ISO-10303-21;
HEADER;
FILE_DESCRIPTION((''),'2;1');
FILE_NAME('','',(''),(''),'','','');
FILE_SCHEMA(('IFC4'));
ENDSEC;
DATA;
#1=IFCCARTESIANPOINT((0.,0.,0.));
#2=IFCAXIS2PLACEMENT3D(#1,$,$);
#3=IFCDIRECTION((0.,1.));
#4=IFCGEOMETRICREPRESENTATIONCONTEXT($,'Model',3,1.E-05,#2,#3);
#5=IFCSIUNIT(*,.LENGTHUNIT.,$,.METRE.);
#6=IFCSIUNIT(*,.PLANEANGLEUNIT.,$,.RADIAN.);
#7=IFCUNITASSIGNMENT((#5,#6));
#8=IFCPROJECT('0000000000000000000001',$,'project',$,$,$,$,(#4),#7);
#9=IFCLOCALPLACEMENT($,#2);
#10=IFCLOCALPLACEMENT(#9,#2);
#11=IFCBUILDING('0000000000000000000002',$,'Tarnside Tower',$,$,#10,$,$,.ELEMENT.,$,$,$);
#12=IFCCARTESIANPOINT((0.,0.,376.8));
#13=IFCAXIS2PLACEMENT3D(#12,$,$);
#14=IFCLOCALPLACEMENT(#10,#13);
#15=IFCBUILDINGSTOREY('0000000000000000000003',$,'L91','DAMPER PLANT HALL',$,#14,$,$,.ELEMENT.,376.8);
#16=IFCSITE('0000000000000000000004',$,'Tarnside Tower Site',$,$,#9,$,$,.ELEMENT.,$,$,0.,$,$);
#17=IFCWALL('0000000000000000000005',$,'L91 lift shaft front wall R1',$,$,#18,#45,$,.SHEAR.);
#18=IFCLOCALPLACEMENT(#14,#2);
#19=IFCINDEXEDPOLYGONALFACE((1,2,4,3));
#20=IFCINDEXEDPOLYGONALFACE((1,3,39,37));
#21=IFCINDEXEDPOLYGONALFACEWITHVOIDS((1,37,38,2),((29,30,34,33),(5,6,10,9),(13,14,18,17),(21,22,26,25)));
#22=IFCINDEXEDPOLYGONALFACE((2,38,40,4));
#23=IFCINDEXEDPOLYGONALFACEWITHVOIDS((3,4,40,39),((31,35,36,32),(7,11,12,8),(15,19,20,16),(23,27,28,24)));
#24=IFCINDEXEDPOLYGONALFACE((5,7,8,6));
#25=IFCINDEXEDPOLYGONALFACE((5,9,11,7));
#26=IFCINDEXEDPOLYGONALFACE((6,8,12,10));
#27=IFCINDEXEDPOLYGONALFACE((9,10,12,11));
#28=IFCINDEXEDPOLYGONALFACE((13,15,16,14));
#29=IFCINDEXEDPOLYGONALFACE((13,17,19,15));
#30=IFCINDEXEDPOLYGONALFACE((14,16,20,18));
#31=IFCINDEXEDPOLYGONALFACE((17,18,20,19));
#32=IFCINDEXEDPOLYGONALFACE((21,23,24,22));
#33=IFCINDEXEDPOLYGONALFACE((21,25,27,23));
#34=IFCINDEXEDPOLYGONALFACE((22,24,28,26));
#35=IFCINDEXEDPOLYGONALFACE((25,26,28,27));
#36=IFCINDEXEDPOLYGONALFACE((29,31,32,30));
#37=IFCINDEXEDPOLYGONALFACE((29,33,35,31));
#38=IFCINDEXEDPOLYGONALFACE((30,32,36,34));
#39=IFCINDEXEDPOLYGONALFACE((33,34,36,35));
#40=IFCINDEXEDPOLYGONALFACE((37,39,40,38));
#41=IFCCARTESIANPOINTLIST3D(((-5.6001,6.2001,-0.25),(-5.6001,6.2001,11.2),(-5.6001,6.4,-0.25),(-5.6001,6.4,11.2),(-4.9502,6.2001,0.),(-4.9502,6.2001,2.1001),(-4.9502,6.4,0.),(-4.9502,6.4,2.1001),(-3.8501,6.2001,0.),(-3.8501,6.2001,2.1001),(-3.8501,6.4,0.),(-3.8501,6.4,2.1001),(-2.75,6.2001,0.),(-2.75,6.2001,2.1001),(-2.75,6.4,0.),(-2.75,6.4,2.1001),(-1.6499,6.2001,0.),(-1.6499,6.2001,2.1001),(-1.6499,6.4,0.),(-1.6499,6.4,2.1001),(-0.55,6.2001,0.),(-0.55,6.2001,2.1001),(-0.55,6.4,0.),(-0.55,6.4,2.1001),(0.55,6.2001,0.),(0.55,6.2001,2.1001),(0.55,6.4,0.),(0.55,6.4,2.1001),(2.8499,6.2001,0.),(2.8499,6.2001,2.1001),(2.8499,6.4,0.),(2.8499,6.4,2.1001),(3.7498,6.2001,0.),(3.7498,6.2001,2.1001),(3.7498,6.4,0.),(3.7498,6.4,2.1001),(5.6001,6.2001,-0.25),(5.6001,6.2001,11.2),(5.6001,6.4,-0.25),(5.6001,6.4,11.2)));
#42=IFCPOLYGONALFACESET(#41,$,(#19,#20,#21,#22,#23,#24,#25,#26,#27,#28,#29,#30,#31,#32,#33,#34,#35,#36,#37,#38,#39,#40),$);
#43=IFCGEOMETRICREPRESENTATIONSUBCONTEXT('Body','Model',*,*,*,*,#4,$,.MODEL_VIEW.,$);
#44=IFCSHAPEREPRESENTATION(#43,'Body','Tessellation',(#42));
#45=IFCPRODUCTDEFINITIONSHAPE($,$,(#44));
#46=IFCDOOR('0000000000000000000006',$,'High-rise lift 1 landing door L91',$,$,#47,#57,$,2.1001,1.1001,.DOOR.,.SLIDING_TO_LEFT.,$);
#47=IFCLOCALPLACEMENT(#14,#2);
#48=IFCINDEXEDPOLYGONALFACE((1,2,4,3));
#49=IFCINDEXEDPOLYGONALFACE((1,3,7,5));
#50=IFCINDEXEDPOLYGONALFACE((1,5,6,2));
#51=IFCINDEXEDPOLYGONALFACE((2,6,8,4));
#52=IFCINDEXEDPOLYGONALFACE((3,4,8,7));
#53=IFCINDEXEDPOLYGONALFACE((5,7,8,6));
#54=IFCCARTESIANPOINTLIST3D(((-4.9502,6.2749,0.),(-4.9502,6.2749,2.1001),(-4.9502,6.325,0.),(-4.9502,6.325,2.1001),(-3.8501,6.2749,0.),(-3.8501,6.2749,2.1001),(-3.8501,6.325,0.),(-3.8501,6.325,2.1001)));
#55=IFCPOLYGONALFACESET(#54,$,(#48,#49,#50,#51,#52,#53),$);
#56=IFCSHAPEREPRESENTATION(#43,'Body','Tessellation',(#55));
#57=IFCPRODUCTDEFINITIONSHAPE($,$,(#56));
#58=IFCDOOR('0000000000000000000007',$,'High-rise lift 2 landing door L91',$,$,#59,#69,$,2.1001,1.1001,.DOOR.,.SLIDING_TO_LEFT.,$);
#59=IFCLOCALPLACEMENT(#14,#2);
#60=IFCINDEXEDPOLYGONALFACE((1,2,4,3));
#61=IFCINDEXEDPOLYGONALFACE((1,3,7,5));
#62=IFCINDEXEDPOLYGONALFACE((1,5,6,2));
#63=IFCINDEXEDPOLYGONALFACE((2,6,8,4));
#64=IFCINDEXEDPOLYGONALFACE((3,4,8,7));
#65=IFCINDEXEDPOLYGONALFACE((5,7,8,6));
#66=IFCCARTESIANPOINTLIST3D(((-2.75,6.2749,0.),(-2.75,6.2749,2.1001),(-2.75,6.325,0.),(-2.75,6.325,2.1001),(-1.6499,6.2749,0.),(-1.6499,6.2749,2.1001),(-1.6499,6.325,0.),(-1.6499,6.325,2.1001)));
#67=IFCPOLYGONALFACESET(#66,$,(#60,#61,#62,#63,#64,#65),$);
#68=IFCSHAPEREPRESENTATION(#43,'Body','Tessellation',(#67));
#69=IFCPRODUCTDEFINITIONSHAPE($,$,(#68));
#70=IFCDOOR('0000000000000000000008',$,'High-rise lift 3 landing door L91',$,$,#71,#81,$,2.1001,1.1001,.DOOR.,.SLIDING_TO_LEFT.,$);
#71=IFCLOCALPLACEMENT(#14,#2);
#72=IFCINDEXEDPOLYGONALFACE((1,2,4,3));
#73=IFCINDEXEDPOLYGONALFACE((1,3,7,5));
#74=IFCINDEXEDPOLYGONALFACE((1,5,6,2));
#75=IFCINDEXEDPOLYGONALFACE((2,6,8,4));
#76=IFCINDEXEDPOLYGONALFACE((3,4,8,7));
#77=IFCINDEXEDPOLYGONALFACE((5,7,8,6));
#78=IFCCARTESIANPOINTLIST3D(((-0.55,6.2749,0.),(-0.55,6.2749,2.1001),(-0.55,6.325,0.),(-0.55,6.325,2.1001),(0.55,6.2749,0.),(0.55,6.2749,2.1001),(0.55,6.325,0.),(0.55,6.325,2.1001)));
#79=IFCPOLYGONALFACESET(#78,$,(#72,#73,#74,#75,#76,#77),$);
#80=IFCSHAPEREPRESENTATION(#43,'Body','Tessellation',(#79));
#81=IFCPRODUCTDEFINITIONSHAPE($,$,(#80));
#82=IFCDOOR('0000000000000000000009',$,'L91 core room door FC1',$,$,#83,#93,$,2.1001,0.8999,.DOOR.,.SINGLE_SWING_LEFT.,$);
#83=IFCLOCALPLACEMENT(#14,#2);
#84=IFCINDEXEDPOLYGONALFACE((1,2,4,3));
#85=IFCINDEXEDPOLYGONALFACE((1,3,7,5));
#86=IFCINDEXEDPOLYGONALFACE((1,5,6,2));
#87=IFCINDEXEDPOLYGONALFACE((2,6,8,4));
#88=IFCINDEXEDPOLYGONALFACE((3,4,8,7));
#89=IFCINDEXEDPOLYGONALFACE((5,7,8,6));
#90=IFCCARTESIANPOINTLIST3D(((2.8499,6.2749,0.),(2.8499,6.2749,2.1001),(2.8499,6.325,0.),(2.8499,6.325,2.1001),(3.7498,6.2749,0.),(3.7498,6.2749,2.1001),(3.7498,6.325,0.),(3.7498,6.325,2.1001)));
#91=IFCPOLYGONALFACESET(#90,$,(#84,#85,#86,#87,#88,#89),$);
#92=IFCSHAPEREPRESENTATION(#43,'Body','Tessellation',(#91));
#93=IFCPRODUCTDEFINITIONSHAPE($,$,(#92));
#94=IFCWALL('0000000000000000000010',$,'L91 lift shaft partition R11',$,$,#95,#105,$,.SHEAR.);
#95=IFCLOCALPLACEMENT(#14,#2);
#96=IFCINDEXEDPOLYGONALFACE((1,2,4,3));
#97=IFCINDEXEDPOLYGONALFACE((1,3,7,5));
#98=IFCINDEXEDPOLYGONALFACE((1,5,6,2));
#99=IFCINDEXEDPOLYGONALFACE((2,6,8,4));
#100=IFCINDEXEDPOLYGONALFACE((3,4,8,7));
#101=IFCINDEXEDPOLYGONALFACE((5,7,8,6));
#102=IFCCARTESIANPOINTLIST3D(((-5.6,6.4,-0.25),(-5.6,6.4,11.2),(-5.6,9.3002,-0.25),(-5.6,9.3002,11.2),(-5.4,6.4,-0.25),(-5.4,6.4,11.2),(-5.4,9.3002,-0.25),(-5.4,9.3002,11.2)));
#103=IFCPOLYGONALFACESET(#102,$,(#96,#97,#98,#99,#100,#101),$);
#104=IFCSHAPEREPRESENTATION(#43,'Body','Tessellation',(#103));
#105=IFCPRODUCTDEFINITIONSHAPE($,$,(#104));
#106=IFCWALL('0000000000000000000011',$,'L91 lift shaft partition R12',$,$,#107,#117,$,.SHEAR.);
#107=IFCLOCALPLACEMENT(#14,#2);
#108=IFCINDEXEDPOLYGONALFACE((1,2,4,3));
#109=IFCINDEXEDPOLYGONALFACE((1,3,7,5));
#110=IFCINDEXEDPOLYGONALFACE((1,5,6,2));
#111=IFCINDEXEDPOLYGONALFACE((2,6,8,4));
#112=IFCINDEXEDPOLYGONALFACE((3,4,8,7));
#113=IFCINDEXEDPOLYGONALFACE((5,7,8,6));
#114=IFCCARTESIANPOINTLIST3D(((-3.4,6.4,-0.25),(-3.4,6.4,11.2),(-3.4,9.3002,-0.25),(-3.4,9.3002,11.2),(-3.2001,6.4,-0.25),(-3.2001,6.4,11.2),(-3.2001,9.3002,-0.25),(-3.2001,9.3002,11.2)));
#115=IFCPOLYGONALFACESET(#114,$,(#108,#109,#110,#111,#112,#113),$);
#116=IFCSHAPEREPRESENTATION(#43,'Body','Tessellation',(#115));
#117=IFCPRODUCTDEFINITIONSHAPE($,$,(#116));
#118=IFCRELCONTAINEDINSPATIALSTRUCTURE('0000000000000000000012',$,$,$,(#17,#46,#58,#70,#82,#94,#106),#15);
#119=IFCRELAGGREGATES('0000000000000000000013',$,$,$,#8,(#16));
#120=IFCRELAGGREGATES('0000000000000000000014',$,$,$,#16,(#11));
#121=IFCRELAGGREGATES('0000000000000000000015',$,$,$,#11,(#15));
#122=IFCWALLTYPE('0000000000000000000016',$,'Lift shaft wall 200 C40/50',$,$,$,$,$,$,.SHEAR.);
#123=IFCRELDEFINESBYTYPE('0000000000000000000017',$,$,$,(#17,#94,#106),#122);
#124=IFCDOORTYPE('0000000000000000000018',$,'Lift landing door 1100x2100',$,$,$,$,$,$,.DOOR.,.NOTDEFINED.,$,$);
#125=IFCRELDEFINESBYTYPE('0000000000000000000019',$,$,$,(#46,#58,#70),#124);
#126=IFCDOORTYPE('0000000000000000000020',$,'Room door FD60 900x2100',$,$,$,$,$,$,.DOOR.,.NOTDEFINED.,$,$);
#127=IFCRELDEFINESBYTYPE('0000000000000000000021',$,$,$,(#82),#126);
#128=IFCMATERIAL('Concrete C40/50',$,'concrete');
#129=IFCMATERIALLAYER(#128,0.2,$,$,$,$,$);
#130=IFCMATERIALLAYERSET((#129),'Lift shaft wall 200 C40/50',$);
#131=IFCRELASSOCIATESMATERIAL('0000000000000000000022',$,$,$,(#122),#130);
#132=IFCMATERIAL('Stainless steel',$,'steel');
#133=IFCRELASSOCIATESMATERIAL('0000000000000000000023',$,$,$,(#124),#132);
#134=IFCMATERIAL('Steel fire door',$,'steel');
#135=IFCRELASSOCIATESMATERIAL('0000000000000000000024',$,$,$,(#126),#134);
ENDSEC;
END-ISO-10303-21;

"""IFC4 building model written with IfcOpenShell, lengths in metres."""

from ifc_helpers import new_model, si_unit, direction, frame, frame_2d, origin, place, context, subcontext, project, spatial, rectangle, extrude, material, layer, layer_set, type_object, element, fill, save


model = new_model("IFC4")

# Units and contexts
model_context = context("Model", 3, precision=1e-05, world=origin(), true_north=direction((0.0, 1.0)))
body_context = subcontext(model_context, "Body", "Model", "MODEL_VIEW")
ifc_project = project(units=[si_unit("LENGTHUNIT", "METRE"), si_unit("PLANEANGLEUNIT", "RADIAN")], contexts=[model_context])

# Site, building, storey
site_placement = place(None, origin())
site = spatial("IfcSite", under=ifc_project, at=site_placement, Name="Tarnside Tower Site", CompositionType="ELEMENT", RefElevation=0.0)
building_placement = place(site_placement, origin())
building = spatial("IfcBuilding", under=site, at=building_placement, Name="Tarnside Tower", CompositionType="ELEMENT")
storey_placement = place(building_placement, frame((0.0, 0.0, 376.8)))
storey = spatial("IfcBuildingStorey", under=building, at=storey_placement, Name="L91", Description="DAMPER PLANT HALL", CompositionType="ELEMENT", Elevation=376.8)

# Shared definitions
ifc_material_1 = material(Name="Concrete C40/50", Category="concrete")

# Shared definitions
ifc_material_2 = material(Name="Steel fire door", Category="steel")

# Wall, openings, doors
ifc_layer_1 = layer(ifc_material_1, 0.2)
ifc_layer_set_1 = layer_set([ifc_layer_1], Name="Lift shaft wall 200 C40/50")
wall_type_1 = type_object("IfcWallType", Name="Lift shaft wall 200 C40/50", PredefinedType="SHEAR", material=ifc_layer_set_1)
wall_1_placement = place(storey_placement, frame((-5.6001, 6.3, -0.25), z_axis=(0.0, 0.0, 1.0), x_axis=(1.0, 0.0, 0.0)))
wall_1 = element("IfcWall", 1, at=wall_1_placement, inside=storey, type_object=wall_type_1, Name="L91 lift shaft front wall R1", PredefinedType="SHEAR", context=body_context, shape_type="SweptSolid", body=[
    extrude(rectangle(XDim=11.2002, YDim=0.2, at=frame_2d((5.6001, 0.0))), origin(), (0.0, 0.0, 1.0), 11.45),
])
opening_1_placement = place(wall_1_placement, frame((8.45, 0.0, 0.25)))
opening_1 = element("IfcOpeningElement", 2, at=opening_1_placement, cuts=wall_1, PredefinedType="OPENING", context=body_context, shape_type="SweptSolid", body=[
    extrude(rectangle(XDim=0.8999, YDim=2.1001, at=frame_2d((0.45, 1.05))), frame((0.0, 0.1099, 0.0), z_axis=(0.0, -1.0, 0.0), x_axis=(1.0, 0.0, 0.0)), (0.0, 0.0, 1.0), 0.22),
])
opening_2_placement = place(wall_1_placement, frame((0.6499, 0.0, 0.25)))
opening_2 = element("IfcOpeningElement", 3, at=opening_2_placement, cuts=wall_1, PredefinedType="OPENING", context=body_context, shape_type="SweptSolid", body=[
    extrude(rectangle(XDim=1.1001, YDim=2.1001, at=frame_2d((0.55, 1.05))), frame((0.0, 0.1099, 0.0), z_axis=(0.0, -1.0, 0.0), x_axis=(1.0, 0.0, 0.0)), (0.0, 0.0, 1.0), 0.22),
])
opening_3_placement = place(wall_1_placement, frame((2.8501, 0.0, 0.25)))
opening_3 = element("IfcOpeningElement", 4, at=opening_3_placement, cuts=wall_1, PredefinedType="OPENING", context=body_context, shape_type="SweptSolid", body=[
    extrude(rectangle(XDim=1.1001, YDim=2.1001, at=frame_2d((0.55, 1.05))), frame((0.0, 0.1099, 0.0), z_axis=(0.0, -1.0, 0.0), x_axis=(1.0, 0.0, 0.0)), (0.0, 0.0, 1.0), 0.22),
])
opening_4_placement = place(wall_1_placement, frame((5.05, 0.0, 0.25)))
opening_4 = element("IfcOpeningElement", 5, at=opening_4_placement, cuts=wall_1, PredefinedType="OPENING", context=body_context, shape_type="SweptSolid", body=[
    extrude(rectangle(XDim=1.1001, YDim=2.1001, at=frame_2d((0.55, 1.05))), frame((0.0, 0.1099, 0.0), z_axis=(0.0, -1.0, 0.0), x_axis=(1.0, 0.0, 0.0)), (0.0, 0.0, 1.0), 0.22),
])
ifc_material_3 = material(Name="Stainless steel", Category="steel")
door_type_1 = type_object("IfcDoorType", Name="Lift landing door 1100x2100", OperationType="NOTDEFINED", PredefinedType="DOOR", material=ifc_material_3)
door_1_placement = place(opening_2_placement, origin())
door_1 = element("IfcDoor", 6, at=door_1_placement, inside=storey, type_object=door_type_1, Name="High-rise lift 1 landing door L91", OperationType="SLIDING_TO_LEFT", OverallHeight=2.1001, OverallWidth=1.1001, PredefinedType="DOOR", context=body_context, shape_type="SweptSolid", body=[
    extrude(rectangle(XDim=1.1001, YDim=2.1001, at=frame_2d((0.55, 1.05))), frame((0.0, 0.0249, 0.0), z_axis=(0.0, -1.0, 0.0), x_axis=(1.0, 0.0, 0.0)), (0.0, 0.0, 1.0), 0.05),
])
fill(opening_2, door_1)
door_2_placement = place(opening_3_placement, origin())
door_2 = element("IfcDoor", 7, at=door_2_placement, inside=storey, type_object=door_type_1, Name="High-rise lift 2 landing door L91", OperationType="SLIDING_TO_LEFT", OverallHeight=2.1001, OverallWidth=1.1001, PredefinedType="DOOR", context=body_context, shape_type="SweptSolid", body=[
    extrude(rectangle(XDim=1.1001, YDim=2.1001, at=frame_2d((0.55, 1.05))), frame((0.0, 0.0249, 0.0), z_axis=(0.0, -1.0, 0.0), x_axis=(1.0, 0.0, 0.0)), (0.0, 0.0, 1.0), 0.05),
])
fill(opening_3, door_2)
door_3_placement = place(opening_4_placement, origin())
door_3 = element("IfcDoor", 8, at=door_3_placement, inside=storey, type_object=door_type_1, Name="High-rise lift 3 landing door L91", OperationType="SLIDING_TO_LEFT", OverallHeight=2.1001, OverallWidth=1.1001, PredefinedType="DOOR", context=body_context, shape_type="SweptSolid", body=[
    extrude(rectangle(XDim=1.1001, YDim=2.1001, at=frame_2d((0.55, 1.05))), frame((0.0, 0.0249, 0.0), z_axis=(0.0, -1.0, 0.0), x_axis=(1.0, 0.0, 0.0)), (0.0, 0.0, 1.0), 0.05),
])
fill(opening_4, door_3)
door_type_2 = type_object("IfcDoorType", Name="Room door FD60 900x2100", OperationType="NOTDEFINED", PredefinedType="DOOR", material=ifc_material_2)
door_4_placement = place(opening_1_placement, origin())
door_4 = element("IfcDoor", 9, at=door_4_placement, inside=storey, type_object=door_type_2, Name="L91 core room door FC1", OperationType="SINGLE_SWING_LEFT", OverallHeight=2.1001, OverallWidth=0.8999, PredefinedType="DOOR", context=body_context, shape_type="SweptSolid", body=[
    extrude(rectangle(XDim=0.8999, YDim=2.1001, at=frame_2d((0.45, 1.05))), frame((0.0, 0.0249, 0.0), z_axis=(0.0, -1.0, 0.0), x_axis=(1.0, 0.0, 0.0)), (0.0, 0.0, 1.0), 0.05),
])
fill(opening_1, door_4)

# Walls
for number, where, z_axis, x_axis, name in (
    (10, (-5.5, 6.3999, -0.25), (0.0, 0.0, 1.0), (0.0, 1.0, 0.0), "L91 lift shaft partition R11"),
    (11, (-3.3, 6.3999, -0.25), (0.0, 0.0, 1.0), (0.0, 1.0, 0.0), "L91 lift shaft partition R12"),
):
    element("IfcWall", number, at=place(storey_placement, frame(where, z_axis=z_axis, x_axis=x_axis)), inside=storey, type_object=wall_type_1, Name=name, PredefinedType="SHEAR", context=body_context, shape_type="SweptSolid", body=[
        extrude(rectangle(XDim=2.9001, YDim=0.2, at=frame_2d((1.4502, 0.0))), origin(), (0.0, 0.0, 1.0), 11.45),
    ])

save(model, "model.ifc")
